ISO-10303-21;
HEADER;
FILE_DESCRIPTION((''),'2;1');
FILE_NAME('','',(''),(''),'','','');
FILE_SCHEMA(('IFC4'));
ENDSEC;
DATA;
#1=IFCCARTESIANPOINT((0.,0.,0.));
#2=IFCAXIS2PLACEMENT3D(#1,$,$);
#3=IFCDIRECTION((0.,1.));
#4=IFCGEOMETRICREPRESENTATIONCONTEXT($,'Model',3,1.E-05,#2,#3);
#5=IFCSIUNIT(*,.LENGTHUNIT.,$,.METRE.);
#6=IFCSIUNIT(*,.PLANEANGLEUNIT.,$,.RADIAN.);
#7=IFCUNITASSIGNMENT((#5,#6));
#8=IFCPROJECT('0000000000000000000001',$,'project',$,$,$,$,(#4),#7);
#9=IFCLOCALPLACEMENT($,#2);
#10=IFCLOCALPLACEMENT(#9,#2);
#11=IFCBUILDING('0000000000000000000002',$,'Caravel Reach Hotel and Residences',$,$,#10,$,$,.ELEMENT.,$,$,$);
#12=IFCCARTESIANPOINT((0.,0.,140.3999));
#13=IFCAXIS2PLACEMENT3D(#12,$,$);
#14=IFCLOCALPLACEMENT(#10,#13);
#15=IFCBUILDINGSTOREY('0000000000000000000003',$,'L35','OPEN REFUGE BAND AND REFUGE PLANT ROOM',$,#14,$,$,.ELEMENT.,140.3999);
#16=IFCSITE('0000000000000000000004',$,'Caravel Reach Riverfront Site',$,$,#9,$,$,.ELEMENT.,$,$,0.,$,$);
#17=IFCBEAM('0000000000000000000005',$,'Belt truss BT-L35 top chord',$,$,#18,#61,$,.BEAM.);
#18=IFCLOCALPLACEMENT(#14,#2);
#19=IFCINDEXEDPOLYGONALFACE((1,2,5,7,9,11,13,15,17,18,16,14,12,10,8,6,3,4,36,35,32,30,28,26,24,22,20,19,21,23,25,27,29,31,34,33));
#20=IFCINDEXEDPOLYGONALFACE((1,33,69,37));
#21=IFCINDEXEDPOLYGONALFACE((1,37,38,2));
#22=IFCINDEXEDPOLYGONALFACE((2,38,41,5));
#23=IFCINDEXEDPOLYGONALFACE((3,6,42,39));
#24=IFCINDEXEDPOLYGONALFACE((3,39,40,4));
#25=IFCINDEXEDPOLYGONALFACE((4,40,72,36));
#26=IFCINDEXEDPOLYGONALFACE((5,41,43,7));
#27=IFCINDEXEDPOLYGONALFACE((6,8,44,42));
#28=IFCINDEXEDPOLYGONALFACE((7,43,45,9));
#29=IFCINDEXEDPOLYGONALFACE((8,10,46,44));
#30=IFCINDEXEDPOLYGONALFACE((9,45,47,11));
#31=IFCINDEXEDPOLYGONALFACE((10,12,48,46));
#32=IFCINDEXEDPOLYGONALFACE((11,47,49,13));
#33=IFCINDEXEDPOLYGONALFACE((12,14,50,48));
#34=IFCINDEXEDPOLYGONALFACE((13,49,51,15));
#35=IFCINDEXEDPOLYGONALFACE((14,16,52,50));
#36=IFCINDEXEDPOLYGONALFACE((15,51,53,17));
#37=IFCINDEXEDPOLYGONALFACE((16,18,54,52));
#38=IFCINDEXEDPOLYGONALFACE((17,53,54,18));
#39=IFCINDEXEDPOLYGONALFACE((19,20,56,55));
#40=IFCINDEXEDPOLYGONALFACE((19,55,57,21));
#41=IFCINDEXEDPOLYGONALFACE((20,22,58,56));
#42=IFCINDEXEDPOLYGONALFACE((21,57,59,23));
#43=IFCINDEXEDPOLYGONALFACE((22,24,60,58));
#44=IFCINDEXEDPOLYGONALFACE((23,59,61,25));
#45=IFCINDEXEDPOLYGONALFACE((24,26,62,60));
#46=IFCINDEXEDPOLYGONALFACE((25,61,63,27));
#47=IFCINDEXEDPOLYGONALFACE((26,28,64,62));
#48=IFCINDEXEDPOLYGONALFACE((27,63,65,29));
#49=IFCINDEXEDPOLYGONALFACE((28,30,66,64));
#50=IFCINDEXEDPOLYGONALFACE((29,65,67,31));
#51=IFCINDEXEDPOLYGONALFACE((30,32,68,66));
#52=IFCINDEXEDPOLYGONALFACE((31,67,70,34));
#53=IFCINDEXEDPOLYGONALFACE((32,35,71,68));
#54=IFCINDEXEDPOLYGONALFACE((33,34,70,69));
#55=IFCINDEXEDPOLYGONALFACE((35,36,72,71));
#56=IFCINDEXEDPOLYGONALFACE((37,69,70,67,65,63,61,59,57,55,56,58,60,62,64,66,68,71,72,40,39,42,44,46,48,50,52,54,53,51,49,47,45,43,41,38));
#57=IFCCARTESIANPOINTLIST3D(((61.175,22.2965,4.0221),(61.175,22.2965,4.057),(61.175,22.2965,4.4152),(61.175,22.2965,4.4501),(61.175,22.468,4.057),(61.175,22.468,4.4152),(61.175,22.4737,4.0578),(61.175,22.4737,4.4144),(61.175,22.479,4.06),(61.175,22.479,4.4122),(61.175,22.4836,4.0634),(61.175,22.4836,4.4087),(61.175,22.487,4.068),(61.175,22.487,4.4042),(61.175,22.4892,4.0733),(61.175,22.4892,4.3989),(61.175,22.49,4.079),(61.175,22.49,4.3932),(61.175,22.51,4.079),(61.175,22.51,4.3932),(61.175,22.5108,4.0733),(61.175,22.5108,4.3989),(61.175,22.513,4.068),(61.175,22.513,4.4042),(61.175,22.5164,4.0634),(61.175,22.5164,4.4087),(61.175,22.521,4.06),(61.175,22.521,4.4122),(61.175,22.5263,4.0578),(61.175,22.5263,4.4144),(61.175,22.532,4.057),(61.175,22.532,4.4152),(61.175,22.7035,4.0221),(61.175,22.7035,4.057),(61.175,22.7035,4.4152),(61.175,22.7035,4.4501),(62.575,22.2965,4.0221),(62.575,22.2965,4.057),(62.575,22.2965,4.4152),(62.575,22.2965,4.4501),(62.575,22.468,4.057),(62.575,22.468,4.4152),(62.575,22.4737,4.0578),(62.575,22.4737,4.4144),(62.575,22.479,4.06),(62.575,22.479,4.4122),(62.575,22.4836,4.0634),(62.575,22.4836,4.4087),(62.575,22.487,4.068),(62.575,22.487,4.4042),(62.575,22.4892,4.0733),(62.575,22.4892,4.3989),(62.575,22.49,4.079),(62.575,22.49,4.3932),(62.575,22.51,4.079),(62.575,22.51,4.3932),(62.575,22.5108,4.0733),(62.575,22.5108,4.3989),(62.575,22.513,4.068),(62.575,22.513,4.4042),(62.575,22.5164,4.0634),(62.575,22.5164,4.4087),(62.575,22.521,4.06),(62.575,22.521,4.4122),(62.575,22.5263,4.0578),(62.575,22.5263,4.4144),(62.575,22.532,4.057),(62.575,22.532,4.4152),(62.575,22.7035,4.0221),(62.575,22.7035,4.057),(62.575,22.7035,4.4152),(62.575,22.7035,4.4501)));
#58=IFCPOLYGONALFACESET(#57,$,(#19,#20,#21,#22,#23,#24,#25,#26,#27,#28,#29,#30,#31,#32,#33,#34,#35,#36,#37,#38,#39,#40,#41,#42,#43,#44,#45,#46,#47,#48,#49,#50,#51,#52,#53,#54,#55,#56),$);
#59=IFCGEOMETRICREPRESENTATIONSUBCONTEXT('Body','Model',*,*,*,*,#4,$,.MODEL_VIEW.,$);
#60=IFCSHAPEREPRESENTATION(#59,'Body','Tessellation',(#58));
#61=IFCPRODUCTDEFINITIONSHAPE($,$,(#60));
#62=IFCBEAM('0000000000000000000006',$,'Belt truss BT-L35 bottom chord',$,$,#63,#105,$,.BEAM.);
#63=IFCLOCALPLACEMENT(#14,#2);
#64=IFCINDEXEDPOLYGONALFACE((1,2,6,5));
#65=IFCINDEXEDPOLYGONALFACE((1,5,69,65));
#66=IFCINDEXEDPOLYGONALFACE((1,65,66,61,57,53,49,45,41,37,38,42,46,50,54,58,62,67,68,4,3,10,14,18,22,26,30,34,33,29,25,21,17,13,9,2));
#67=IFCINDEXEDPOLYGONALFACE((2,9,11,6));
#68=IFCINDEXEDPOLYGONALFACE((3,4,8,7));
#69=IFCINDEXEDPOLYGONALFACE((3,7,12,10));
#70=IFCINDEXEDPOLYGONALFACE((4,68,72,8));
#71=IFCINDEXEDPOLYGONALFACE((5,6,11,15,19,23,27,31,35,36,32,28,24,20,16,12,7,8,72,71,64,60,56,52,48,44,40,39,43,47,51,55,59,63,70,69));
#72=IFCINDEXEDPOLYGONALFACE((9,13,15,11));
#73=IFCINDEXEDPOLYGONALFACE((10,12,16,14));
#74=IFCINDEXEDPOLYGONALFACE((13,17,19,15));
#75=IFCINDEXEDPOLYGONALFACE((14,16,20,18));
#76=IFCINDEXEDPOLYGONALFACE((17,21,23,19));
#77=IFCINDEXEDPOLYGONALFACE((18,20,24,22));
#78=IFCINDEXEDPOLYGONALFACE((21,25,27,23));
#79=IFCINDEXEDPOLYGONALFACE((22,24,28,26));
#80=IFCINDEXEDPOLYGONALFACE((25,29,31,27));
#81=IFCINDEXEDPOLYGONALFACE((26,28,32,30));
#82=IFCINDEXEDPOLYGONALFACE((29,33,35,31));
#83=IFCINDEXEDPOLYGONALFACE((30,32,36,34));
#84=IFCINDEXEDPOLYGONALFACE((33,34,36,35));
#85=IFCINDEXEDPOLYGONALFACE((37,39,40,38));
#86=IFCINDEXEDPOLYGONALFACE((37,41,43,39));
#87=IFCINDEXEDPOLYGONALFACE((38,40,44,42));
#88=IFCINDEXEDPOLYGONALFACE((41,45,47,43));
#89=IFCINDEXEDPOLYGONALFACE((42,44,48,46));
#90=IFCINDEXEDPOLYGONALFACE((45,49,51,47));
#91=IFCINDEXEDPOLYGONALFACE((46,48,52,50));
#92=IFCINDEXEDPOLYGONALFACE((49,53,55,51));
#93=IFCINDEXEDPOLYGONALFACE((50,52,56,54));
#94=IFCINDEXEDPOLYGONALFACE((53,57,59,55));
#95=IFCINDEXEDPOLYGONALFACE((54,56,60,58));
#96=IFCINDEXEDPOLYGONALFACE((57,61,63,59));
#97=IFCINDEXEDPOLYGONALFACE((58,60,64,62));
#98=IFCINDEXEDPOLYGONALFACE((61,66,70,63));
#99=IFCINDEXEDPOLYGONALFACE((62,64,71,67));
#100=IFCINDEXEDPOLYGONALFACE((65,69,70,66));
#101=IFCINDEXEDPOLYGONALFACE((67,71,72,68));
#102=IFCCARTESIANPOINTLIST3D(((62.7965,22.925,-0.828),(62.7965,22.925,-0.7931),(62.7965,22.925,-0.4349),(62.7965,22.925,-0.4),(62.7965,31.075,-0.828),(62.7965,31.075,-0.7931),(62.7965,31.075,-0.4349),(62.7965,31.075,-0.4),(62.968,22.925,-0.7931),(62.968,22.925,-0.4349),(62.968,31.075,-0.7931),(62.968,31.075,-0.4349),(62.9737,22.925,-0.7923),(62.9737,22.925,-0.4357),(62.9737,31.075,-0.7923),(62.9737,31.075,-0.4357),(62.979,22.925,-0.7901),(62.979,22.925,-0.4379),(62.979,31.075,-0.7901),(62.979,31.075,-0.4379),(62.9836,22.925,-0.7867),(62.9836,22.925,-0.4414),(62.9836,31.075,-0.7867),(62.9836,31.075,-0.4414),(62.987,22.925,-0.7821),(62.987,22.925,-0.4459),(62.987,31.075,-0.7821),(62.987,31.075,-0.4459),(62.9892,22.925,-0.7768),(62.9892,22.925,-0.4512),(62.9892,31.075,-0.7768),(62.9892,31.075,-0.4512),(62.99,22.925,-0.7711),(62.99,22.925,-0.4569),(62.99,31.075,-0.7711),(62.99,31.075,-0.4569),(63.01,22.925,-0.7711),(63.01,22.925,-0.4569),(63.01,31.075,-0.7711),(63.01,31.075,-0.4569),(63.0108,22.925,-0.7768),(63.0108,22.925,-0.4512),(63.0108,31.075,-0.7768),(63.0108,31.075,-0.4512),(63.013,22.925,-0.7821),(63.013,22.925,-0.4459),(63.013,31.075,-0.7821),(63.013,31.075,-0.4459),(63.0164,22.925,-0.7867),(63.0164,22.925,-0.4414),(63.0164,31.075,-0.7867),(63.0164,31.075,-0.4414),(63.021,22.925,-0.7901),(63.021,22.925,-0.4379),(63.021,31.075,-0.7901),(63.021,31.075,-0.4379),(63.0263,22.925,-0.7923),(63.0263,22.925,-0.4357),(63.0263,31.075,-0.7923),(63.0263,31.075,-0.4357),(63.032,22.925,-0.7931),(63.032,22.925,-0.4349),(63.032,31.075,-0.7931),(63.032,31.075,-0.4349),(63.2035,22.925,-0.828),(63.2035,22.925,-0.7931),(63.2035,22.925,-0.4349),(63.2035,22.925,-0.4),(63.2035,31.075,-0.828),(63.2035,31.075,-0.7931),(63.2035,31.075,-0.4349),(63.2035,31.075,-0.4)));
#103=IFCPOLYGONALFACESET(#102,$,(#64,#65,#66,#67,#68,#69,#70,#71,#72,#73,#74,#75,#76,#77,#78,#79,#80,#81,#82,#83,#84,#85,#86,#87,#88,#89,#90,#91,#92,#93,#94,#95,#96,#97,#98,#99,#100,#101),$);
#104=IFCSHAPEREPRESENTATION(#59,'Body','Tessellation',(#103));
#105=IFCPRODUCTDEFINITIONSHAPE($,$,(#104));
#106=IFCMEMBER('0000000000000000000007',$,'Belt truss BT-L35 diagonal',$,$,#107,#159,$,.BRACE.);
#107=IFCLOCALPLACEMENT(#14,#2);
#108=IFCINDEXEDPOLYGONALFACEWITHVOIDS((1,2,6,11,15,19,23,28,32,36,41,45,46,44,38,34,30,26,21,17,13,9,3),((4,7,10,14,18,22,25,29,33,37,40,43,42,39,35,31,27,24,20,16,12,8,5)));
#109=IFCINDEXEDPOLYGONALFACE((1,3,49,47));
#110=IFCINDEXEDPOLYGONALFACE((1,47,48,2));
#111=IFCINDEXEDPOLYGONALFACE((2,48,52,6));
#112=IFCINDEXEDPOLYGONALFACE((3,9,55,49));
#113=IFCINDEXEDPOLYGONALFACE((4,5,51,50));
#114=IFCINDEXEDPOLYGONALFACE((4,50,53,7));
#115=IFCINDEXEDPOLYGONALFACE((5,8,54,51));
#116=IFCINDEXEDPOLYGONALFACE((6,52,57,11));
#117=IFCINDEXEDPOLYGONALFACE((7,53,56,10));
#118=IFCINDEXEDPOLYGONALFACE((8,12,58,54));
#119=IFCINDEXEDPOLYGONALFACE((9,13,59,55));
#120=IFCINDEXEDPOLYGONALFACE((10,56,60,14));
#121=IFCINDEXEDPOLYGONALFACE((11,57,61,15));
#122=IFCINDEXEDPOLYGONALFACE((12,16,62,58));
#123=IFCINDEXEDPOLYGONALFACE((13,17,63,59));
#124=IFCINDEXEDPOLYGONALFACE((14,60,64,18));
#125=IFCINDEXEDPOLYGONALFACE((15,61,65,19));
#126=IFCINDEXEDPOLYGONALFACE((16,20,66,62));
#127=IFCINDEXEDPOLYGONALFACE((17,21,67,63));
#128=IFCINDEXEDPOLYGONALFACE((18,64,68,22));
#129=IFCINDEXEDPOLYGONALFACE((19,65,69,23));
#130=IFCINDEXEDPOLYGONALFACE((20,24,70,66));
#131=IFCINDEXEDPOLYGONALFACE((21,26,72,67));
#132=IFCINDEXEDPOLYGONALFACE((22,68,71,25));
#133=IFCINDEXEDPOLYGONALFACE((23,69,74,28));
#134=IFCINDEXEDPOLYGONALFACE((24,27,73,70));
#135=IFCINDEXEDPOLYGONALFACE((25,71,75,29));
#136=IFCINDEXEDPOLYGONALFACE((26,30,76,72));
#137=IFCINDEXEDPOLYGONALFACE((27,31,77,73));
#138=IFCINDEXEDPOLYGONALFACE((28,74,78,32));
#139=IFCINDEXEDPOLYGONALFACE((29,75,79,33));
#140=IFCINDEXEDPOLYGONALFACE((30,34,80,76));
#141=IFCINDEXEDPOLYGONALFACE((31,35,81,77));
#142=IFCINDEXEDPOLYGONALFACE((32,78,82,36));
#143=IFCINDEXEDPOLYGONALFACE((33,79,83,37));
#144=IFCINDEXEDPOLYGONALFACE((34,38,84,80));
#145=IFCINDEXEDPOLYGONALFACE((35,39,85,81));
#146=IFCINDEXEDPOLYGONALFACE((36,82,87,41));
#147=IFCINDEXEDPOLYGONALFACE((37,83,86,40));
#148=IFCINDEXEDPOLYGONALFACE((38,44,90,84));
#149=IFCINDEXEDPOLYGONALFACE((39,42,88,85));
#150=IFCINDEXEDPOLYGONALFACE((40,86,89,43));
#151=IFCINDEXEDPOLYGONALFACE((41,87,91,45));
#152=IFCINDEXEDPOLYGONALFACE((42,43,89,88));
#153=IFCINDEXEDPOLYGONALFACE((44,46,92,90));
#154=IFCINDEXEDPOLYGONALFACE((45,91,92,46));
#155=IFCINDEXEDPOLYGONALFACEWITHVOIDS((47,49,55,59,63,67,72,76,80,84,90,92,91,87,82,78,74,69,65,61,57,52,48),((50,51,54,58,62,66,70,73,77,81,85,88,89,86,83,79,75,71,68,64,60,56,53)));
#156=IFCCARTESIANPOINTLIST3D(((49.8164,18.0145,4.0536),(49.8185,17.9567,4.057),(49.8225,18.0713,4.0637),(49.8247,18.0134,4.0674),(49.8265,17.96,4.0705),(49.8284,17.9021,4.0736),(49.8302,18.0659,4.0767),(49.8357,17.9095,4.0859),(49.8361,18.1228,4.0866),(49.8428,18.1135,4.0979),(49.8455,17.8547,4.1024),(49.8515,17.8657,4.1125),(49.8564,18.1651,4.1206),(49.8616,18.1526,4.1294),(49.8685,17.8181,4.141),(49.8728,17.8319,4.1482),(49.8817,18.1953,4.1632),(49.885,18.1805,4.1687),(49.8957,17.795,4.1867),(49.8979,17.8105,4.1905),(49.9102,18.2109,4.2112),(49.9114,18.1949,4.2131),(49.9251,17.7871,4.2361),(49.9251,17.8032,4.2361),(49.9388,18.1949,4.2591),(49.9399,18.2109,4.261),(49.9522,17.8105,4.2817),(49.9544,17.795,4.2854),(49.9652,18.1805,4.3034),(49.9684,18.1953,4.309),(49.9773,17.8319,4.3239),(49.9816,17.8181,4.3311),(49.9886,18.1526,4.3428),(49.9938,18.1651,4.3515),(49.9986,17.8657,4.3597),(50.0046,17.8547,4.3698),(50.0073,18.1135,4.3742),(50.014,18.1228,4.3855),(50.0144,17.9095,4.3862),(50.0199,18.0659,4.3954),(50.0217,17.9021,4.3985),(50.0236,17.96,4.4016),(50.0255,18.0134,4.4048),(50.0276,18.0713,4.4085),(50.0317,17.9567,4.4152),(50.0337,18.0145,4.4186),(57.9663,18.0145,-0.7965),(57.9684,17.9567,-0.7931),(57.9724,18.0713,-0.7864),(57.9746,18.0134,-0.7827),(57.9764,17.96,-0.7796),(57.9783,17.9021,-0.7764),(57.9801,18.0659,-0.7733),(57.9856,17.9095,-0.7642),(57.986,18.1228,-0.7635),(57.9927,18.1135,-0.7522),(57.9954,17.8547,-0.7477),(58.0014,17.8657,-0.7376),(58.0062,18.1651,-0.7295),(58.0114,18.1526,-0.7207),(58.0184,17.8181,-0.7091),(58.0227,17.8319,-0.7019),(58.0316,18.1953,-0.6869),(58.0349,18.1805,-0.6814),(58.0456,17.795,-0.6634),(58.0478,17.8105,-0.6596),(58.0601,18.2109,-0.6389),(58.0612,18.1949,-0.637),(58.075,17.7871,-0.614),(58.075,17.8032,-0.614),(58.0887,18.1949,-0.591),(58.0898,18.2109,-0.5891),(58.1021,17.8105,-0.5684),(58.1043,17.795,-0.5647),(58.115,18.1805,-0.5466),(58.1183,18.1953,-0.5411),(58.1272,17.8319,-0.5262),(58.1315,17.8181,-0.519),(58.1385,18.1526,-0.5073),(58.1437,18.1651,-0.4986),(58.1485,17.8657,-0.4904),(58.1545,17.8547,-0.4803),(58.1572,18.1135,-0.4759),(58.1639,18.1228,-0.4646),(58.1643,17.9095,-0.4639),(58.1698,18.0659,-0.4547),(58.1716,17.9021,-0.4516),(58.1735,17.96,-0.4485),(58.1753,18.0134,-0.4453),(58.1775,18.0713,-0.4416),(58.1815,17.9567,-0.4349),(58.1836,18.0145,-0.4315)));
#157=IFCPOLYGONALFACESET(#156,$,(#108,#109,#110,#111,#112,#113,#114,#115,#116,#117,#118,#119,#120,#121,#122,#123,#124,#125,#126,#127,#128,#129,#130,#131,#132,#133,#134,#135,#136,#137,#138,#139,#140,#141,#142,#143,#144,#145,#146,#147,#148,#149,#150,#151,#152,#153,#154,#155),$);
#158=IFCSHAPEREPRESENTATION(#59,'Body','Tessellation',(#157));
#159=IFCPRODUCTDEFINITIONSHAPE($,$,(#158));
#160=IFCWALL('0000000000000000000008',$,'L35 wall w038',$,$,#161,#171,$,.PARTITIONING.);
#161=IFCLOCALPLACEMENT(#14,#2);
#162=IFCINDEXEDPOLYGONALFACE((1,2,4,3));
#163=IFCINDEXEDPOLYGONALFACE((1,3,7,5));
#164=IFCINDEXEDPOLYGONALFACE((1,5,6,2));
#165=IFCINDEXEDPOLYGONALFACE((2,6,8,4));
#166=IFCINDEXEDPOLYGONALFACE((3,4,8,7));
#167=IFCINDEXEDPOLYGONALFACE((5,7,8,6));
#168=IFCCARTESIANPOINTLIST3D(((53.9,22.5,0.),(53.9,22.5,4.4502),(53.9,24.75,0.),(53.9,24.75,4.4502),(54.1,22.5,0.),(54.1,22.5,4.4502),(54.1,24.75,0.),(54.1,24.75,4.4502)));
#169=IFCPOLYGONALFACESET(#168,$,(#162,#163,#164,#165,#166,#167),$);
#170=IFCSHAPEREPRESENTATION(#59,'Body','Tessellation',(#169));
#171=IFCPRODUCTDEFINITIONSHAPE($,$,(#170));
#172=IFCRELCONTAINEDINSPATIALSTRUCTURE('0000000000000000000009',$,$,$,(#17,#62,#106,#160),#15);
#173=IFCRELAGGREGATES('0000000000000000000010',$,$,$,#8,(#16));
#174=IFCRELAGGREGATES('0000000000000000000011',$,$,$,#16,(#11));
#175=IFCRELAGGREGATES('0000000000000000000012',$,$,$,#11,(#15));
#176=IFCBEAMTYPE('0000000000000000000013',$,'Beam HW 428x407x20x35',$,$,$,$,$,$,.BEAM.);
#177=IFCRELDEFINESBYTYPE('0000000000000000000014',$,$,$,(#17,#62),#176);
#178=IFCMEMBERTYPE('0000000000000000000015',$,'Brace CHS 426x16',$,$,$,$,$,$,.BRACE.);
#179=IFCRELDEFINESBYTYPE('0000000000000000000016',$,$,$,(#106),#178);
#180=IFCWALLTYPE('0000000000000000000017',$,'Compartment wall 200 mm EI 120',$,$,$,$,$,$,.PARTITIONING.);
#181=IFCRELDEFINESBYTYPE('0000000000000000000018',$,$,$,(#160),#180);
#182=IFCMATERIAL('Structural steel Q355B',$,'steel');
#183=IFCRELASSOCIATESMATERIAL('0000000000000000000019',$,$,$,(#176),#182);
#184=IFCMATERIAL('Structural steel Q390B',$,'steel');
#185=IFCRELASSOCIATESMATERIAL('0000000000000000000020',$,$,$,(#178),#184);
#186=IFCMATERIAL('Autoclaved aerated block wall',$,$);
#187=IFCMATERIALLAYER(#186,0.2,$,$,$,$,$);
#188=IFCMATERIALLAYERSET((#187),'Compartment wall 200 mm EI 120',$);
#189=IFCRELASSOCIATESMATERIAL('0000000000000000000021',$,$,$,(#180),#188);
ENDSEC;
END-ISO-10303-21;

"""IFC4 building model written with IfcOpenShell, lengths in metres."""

from ifc_helpers import new_model, si_unit, direction, frame, frame_2d, origin, origin_2d, place, context, subcontext, project, spatial, rectangle, hollow_circle, i_section, extrude, material, layer, layer_set, material_profile, profile_set, type_object, element, save


model = new_model("IFC4")

# Units and contexts
model_context = context("Model", 3, precision=1e-05, world=origin(), true_north=direction((0.0, 1.0)))
body_context = subcontext(model_context, "Body", "Model", "MODEL_VIEW")
ifc_project = project(units=[si_unit("LENGTHUNIT", "METRE"), si_unit("PLANEANGLEUNIT", "RADIAN")], contexts=[model_context])

# Site, building, storey
site_placement = place(None, origin())
site = spatial("IfcSite", under=ifc_project, at=site_placement, Name="Caravel Reach Riverfront Site", CompositionType="ELEMENT", RefElevation=0.0)
building_placement = place(site_placement, origin())
building = spatial("IfcBuilding", under=site, at=building_placement, Name="Caravel Reach Hotel and Residences", CompositionType="ELEMENT")
storey_placement = place(building_placement, frame((0.0, 0.0, 140.3999)))
storey = spatial("IfcBuildingStorey", under=building, at=storey_placement, Name="L35", Description="OPEN REFUGE BAND AND REFUGE PLANT ROOM", CompositionType="ELEMENT", Elevation=140.3999)

# Beams
ifc_material_1 = material(Name="Structural steel Q355B", Category="steel")
ifc_material_profile_1 = material_profile(ifc_material_1, i_section(OverallWidth=0.407, OverallDepth=0.428, WebThickness=0.02, FlangeThickness=0.0349, FilletRadius=0.022, at=origin_2d()), Name="HW 428x407x20x35")
ifc_profile_set_1 = profile_set([ifc_material_profile_1], Name="Structural steel Q355B")
beam_type_1 = type_object("IfcBeamType", Name="Beam HW 428x407x20x35", PredefinedType="BEAM", material=ifc_profile_set_1)
for number, where, z_axis, x_axis, name in (
    (1, (61.175, 22.5, 4.2361), (1.0, 0.0, 0.0), (0.0, 1.0, 0.0), "Belt truss BT-L35 top chord"),
):
    element("IfcBeam", number, at=place(storey_placement, frame(where, z_axis=z_axis, x_axis=x_axis)), inside=storey, type_object=beam_type_1, Name=name, PredefinedType="BEAM", context=body_context, shape_type="SweptSolid", body=[
        extrude(i_section(OverallWidth=0.407, OverallDepth=0.428, WebThickness=0.02, FlangeThickness=0.0349, FilletRadius=0.022, at=origin_2d()), origin(), (0.0, 0.0, 1.0), 1.3999),
    ])
beam_1_placement = place(storey_placement, frame((63.0, 22.925, -0.614), z_axis=(0.0, 1.0, 0.0), x_axis=(-1.0, 0.0, 0.0)))
element("IfcBeam", 2, at=beam_1_placement, inside=storey, type_object=beam_type_1, Name="Belt truss BT-L35 bottom chord", PredefinedType="BEAM", context=body_context, shape_type="SweptSolid", body=[
    extrude(i_section(OverallWidth=0.407, OverallDepth=0.428, WebThickness=0.02, FlangeThickness=0.0349, FilletRadius=0.022, at=origin_2d()), origin(), (0.0, 0.0, 1.0), 8.1499),
])

# Member
ifc_material_2 = material(Name="Structural steel Q390B", Category="steel")
ifc_material_profile_2 = material_profile(ifc_material_2, hollow_circle(Radius=0.2129, WallThickness=0.0161, at=origin_2d()), Name="CHS 426x16")
ifc_profile_set_2 = profile_set([ifc_material_profile_2], Name="Structural steel Q390B")
member_type = type_object("IfcMemberType", Name="Brace CHS 426x16", PredefinedType="BRACE", material=ifc_profile_set_2)
member_placement = place(storey_placement, frame((58.075, 18.0, -0.614), z_axis=(-0.859341, 0.0, 0.511403), x_axis=(0.0, -1.0, 0.0)))
element("IfcMember", 3, at=member_placement, inside=storey, type_object=member_type, Name="Belt truss BT-L35 diagonal", PredefinedType="BRACE", context=body_context, shape_type="SweptSolid", body=[
    extrude(hollow_circle(Radius=0.2129, WallThickness=0.0161, at=origin_2d()), origin(), (0.0, 0.0, 1.0), 9.4839),
])

# Wall
ifc_material_3 = material(Name="Autoclaved aerated block wall")
ifc_layer = layer(ifc_material_3, 0.2)
ifc_layer_set = layer_set([ifc_layer], Name="Compartment wall 200 mm EI 120")
wall_type = type_object("IfcWallType", Name="Compartment wall 200 mm EI 120", PredefinedType="PARTITIONING", material=ifc_layer_set)
wall_placement = place(storey_placement, frame((54.0, 22.5, 0.0), z_axis=(0.0, 0.0, 1.0), x_axis=(0.0, 1.0, 0.0)))
element("IfcWall", 4, at=wall_placement, inside=storey, type_object=wall_type, Name="L35 wall w038", PredefinedType="PARTITIONING", context=body_context, shape_type="SweptSolid", body=[
    extrude(rectangle(XDim=2.25, YDim=0.2, at=frame_2d((1.125, 0.0))), origin(), (0.0, 0.0, 1.0), 4.4502),
])

save(model, "model.ifc")
